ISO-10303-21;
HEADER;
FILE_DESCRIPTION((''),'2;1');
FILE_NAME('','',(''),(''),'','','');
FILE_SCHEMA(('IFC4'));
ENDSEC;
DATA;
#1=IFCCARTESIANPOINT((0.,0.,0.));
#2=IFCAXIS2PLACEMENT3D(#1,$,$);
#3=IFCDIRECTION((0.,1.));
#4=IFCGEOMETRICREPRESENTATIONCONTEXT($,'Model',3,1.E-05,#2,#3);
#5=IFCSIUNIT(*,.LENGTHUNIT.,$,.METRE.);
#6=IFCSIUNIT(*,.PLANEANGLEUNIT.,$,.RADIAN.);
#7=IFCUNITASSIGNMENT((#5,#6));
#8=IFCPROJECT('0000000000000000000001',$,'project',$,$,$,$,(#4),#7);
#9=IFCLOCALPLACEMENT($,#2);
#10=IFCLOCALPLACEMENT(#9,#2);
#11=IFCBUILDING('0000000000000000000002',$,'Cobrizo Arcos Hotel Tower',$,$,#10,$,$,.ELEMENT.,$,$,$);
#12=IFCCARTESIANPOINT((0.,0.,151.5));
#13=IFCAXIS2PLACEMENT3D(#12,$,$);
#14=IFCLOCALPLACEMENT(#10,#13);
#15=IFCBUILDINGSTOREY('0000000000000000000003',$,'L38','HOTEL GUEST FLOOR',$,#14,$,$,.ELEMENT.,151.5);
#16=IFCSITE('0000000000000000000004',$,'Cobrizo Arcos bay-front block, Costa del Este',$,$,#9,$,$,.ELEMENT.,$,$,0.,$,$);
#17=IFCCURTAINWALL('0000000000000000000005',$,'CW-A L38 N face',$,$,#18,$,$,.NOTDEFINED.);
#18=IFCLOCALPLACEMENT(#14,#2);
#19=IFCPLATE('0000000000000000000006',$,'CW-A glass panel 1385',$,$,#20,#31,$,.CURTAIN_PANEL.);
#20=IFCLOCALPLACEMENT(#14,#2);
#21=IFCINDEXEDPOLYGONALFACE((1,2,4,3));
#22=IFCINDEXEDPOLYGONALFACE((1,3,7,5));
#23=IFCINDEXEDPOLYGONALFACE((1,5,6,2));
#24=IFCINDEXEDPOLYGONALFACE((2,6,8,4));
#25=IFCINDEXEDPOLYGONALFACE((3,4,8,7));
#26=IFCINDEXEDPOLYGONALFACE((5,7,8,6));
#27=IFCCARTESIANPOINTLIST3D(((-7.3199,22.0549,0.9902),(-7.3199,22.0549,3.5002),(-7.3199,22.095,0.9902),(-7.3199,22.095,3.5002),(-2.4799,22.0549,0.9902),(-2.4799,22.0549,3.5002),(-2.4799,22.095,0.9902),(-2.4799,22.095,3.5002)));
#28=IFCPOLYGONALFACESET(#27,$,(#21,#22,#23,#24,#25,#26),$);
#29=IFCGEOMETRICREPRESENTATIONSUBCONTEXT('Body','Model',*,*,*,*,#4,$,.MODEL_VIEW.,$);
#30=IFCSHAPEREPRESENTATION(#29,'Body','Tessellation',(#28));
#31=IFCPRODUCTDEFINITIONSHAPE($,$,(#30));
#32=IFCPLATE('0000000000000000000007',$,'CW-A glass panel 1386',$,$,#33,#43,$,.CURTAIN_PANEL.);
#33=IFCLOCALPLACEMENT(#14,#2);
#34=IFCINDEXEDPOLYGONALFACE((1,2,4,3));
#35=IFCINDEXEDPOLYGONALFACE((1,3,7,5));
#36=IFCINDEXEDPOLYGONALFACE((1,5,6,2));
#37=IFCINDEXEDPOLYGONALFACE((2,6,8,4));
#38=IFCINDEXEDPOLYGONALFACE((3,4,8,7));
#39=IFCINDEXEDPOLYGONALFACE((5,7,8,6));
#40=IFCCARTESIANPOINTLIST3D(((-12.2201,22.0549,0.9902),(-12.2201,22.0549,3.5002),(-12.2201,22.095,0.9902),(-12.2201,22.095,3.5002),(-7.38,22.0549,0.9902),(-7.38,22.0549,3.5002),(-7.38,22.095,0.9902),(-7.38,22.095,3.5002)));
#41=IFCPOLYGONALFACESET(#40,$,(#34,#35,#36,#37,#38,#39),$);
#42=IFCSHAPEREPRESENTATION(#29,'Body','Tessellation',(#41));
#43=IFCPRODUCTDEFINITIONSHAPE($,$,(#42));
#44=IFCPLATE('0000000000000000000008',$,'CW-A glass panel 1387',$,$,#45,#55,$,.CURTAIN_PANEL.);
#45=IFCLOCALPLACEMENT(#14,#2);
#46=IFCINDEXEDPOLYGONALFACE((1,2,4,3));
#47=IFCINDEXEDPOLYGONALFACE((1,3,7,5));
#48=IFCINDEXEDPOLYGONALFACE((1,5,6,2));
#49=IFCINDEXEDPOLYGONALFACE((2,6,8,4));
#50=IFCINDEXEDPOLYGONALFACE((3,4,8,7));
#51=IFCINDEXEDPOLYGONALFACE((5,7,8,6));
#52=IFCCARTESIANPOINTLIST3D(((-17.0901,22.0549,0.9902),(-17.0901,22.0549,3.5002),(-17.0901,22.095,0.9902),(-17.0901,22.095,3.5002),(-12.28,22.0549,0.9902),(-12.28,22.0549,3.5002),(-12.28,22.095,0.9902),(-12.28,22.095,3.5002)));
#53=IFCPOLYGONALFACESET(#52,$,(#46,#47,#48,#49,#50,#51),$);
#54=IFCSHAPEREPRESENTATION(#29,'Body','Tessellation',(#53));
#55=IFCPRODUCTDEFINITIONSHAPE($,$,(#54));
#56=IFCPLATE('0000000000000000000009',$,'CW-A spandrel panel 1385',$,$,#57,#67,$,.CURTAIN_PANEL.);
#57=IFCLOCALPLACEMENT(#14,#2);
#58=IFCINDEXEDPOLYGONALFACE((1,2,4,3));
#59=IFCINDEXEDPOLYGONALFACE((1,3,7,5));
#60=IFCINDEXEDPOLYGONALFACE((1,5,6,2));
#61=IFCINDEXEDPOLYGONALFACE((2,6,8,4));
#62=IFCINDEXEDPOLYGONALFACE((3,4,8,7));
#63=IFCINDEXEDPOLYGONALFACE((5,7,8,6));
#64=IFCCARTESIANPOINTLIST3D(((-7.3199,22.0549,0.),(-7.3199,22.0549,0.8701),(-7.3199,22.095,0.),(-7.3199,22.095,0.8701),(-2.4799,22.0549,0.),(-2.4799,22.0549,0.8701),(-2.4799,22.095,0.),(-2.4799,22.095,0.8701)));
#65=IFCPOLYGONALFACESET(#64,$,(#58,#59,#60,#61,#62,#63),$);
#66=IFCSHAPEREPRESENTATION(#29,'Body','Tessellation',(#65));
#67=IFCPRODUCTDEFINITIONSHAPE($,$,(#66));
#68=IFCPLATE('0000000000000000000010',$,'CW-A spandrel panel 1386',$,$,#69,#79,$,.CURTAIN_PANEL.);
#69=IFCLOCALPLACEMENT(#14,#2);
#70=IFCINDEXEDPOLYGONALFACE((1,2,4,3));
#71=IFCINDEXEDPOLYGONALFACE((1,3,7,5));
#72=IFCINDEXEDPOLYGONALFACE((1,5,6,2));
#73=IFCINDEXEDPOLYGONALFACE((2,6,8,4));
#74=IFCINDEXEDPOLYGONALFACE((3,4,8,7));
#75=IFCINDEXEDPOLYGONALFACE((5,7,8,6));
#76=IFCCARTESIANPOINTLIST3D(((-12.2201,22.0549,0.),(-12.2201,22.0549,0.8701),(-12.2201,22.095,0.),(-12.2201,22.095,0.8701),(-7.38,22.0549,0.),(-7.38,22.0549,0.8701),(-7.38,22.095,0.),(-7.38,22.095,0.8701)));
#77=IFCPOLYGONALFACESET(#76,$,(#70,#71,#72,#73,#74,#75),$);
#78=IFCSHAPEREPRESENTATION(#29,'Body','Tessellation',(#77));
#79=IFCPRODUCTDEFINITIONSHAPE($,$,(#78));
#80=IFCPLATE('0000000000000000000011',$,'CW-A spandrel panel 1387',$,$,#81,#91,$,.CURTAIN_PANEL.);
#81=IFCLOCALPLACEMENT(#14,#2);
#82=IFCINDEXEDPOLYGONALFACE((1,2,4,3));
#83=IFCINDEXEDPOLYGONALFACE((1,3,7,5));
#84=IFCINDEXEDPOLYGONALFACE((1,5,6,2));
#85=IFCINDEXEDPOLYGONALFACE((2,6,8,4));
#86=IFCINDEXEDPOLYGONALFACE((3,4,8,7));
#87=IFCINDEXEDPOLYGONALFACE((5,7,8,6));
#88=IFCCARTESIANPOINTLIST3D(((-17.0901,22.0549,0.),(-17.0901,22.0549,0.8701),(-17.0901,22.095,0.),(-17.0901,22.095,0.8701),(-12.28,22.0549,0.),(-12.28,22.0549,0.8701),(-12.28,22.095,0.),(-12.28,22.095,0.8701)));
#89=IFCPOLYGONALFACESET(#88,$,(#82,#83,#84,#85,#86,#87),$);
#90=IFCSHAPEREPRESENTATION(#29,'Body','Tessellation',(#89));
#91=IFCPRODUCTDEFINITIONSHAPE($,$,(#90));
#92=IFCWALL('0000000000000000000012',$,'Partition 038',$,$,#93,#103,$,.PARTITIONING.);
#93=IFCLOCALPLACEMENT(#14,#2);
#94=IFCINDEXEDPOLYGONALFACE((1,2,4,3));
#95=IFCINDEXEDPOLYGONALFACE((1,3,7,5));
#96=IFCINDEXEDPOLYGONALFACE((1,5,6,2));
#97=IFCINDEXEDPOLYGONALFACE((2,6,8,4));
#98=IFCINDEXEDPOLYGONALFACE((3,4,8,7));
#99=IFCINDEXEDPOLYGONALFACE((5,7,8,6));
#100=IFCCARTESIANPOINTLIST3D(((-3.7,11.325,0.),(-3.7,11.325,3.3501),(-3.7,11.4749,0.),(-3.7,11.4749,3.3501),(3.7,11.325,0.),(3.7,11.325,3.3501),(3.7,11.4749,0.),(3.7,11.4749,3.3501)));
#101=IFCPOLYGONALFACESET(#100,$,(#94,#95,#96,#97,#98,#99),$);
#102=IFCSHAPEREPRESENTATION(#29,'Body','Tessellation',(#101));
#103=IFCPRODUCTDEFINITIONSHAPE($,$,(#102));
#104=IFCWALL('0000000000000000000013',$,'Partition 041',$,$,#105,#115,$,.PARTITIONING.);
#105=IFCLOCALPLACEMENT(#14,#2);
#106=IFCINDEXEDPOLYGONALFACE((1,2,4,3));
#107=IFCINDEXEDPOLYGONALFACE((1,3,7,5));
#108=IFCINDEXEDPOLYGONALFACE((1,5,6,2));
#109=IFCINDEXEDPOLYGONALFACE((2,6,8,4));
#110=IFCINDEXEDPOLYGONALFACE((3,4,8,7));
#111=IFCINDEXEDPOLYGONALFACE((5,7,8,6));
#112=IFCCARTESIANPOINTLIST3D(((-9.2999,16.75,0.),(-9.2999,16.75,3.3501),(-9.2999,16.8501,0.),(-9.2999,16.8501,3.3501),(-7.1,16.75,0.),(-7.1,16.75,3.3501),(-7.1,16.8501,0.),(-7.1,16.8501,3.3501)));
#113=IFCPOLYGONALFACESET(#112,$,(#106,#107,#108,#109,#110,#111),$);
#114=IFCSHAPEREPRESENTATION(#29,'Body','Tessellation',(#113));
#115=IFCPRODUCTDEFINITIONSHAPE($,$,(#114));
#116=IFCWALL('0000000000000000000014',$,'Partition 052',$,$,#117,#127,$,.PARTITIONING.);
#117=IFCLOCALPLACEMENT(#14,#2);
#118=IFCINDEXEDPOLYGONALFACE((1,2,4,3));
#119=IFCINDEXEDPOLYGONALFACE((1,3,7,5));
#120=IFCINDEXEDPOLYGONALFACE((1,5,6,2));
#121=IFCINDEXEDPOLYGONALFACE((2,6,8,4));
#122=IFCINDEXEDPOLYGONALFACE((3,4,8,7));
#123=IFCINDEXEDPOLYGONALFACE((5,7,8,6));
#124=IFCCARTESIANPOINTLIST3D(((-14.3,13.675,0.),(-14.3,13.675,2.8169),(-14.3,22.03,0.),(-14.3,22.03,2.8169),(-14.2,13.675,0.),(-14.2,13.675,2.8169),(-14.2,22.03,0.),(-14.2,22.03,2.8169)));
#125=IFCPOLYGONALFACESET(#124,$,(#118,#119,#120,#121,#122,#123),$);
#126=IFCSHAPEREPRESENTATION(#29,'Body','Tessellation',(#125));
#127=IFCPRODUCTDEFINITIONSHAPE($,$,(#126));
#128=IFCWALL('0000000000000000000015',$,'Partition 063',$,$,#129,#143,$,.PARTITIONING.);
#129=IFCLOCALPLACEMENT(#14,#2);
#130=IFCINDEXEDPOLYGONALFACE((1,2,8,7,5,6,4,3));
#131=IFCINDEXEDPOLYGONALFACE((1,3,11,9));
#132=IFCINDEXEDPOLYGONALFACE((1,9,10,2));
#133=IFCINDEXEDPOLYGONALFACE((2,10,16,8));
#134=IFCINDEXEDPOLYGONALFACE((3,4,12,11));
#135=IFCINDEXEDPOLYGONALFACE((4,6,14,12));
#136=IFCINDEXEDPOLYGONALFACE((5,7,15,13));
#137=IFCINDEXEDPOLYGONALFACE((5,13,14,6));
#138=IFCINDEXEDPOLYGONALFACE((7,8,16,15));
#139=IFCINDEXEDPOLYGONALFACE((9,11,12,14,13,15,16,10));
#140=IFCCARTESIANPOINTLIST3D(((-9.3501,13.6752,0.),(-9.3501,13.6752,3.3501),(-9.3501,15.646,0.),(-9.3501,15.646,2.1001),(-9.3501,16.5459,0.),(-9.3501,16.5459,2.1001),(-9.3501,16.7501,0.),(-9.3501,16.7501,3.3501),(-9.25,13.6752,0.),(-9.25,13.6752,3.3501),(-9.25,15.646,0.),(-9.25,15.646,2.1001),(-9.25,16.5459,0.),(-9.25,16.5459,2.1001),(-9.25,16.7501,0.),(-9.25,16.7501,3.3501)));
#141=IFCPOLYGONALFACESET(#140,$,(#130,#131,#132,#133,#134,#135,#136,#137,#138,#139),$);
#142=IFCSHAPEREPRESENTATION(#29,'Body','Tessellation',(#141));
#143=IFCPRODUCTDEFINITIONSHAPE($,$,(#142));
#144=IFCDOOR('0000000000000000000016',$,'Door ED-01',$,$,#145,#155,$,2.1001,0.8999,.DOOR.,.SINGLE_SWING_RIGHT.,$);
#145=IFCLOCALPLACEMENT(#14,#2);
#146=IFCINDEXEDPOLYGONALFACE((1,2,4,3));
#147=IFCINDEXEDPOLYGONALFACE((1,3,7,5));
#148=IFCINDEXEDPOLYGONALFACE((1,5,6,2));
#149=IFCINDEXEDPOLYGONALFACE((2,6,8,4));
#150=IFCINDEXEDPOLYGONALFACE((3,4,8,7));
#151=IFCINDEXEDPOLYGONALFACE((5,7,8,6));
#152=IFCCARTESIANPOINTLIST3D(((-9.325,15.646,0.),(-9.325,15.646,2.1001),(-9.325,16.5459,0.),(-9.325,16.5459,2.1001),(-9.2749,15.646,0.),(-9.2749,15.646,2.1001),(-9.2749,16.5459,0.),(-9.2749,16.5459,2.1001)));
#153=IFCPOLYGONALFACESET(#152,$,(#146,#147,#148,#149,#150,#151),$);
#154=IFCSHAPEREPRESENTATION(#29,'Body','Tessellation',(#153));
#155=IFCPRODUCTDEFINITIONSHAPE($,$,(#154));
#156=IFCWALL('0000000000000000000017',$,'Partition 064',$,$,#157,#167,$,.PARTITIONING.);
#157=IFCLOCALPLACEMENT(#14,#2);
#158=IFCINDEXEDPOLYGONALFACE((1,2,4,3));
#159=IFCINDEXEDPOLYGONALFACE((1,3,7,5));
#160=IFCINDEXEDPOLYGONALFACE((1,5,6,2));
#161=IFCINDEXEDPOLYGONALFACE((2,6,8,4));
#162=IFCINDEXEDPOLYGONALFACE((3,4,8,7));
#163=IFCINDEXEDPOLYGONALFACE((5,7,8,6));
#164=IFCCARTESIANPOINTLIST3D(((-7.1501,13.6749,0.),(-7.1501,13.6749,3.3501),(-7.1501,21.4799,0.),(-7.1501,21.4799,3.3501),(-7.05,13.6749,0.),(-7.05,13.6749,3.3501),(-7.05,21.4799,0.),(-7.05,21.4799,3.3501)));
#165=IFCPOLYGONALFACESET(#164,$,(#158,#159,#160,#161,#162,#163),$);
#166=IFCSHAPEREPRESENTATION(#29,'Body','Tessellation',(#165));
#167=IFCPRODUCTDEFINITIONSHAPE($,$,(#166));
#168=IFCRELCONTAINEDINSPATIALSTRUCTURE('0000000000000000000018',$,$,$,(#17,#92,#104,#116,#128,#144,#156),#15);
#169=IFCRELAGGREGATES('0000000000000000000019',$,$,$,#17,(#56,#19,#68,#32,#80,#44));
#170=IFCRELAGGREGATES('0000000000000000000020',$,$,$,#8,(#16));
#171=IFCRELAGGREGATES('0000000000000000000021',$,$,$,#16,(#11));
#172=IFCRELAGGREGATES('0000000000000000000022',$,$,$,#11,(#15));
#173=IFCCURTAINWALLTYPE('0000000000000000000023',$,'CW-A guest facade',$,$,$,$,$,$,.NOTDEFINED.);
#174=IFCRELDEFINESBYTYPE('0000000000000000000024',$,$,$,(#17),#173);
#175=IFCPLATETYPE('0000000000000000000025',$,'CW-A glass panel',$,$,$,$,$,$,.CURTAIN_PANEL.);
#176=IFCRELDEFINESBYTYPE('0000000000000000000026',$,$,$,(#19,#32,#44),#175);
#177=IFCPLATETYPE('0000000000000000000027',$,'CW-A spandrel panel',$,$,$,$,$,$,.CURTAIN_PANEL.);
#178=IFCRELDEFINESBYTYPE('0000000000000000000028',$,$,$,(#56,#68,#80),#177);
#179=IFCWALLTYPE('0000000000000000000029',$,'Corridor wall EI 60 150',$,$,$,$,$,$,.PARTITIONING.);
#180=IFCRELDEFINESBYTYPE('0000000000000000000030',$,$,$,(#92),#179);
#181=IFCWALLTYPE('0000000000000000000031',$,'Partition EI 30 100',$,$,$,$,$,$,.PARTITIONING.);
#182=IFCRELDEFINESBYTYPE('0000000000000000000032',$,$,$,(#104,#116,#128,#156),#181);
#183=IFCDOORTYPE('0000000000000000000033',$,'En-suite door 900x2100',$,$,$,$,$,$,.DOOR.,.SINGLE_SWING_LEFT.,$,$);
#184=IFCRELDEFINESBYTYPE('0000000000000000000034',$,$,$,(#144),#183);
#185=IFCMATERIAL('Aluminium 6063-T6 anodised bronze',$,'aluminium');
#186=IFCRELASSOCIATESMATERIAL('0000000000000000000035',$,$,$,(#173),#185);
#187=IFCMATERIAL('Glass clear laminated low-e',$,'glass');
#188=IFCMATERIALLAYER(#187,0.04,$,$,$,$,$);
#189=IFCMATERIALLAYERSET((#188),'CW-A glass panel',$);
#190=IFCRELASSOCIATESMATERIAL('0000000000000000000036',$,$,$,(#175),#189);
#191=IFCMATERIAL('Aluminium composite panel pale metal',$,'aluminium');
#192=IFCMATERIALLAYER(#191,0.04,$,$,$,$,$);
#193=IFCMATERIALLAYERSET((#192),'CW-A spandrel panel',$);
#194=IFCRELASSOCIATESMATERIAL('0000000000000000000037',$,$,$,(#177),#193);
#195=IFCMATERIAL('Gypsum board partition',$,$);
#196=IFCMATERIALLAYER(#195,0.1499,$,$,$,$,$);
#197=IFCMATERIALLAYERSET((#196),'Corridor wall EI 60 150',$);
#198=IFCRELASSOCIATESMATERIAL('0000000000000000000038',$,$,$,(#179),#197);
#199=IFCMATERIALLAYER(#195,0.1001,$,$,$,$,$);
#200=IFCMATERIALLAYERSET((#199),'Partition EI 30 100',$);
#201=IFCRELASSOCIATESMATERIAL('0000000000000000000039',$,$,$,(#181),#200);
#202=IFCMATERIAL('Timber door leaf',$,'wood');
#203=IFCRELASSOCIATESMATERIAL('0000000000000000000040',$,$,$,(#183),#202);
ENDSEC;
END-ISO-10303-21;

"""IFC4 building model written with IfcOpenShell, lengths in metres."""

from ifc_helpers import new_model, si_unit, direction, frame, frame_2d, origin, origin_2d, place, context, subcontext, project, spatial, rectangle, extrude, material, layer, layer_set, type_object, element, fill, aggregate, save


model = new_model("IFC4")

# Units and contexts
model_context = context("Model", 3, precision=1e-05, world=origin(), true_north=direction((0.0, 1.0)))
body_context = subcontext(model_context, "Body", "Model", "MODEL_VIEW")
ifc_project = project(units=[si_unit("LENGTHUNIT", "METRE"), si_unit("PLANEANGLEUNIT", "RADIAN")], contexts=[model_context])

# Site, building, storey
site_placement = place(None, origin())
site = spatial("IfcSite", under=ifc_project, at=site_placement, Name="Cobrizo Arcos bay-front block, Costa del Este", CompositionType="ELEMENT", RefElevation=0.0)
building_placement = place(site_placement, origin())
building = spatial("IfcBuilding", under=site, at=building_placement, Name="Cobrizo Arcos Hotel Tower", CompositionType="ELEMENT")
storey_placement = place(building_placement, frame((0.0, 0.0, 151.5)))
storey = spatial("IfcBuildingStorey", under=building, at=storey_placement, Name="L38", Description="HOTEL GUEST FLOOR", CompositionType="ELEMENT", Elevation=151.5)

# Curtain wall
ifc_material_1 = material(Name="Aluminium 6063-T6 anodised bronze", Category="aluminium")
curtain_wall_type = type_object("IfcCurtainWallType", Name="CW-A guest facade", PredefinedType="NOTDEFINED", material=ifc_material_1)
curtain_wall_placement = place(storey_placement, origin())
curtain_wall = element("IfcCurtainWall", 1, at=curtain_wall_placement, inside=storey, type_object=curtain_wall_type, Name="CW-A L38 N face", PredefinedType="NOTDEFINED")

# Plates
ifc_material_2 = material(Name="Glass clear laminated low-e", Category="glass")
ifc_layer_1 = layer(ifc_material_2, 0.04)
ifc_layer_set_1 = layer_set([ifc_layer_1], Name="CW-A glass panel")
plate_type_1 = type_object("IfcPlateType", Name="CW-A glass panel", PredefinedType="CURTAIN_PANEL", material=ifc_layer_set_1)
plate_1_placement = place(storey_placement, frame((-4.8999, 22.075, 0.9902), z_axis=(0.0, 0.0, 1.0), x_axis=(-1.0, 0.0, 0.0)))
plate_1 = element("IfcPlate", 2, at=plate_1_placement, type_object=plate_type_1, Name="CW-A glass panel 1385", PredefinedType="CURTAIN_PANEL", context=body_context, shape_type="SweptSolid", body=[
    extrude(rectangle(XDim=4.8401, YDim=0.04, at=origin_2d()), origin(), (0.0, 0.0, 1.0), 2.51),
])
plate_2_placement = place(storey_placement, frame((-9.8, 22.075, 0.9902), z_axis=(0.0, 0.0, 1.0), x_axis=(-1.0, 0.0, 0.0)))
plate_2 = element("IfcPlate", 3, at=plate_2_placement, type_object=plate_type_1, Name="CW-A glass panel 1386", PredefinedType="CURTAIN_PANEL", context=body_context, shape_type="SweptSolid", body=[
    extrude(rectangle(XDim=4.8401, YDim=0.04, at=origin_2d()), origin(), (0.0, 0.0, 1.0), 2.51),
])
plate_3_placement = place(storey_placement, frame((-14.6851, 22.075, 0.9902), z_axis=(0.0, 0.0, 1.0), x_axis=(-1.0, 0.0, 0.0)))
plate_3 = element("IfcPlate", 4, at=plate_3_placement, type_object=plate_type_1, Name="CW-A glass panel 1387", PredefinedType="CURTAIN_PANEL", context=body_context, shape_type="SweptSolid", body=[
    extrude(rectangle(XDim=4.8101, YDim=0.04, at=origin_2d()), origin(), (0.0, 0.0, 1.0), 2.51),
])
ifc_material_3 = material(Name="Aluminium composite panel pale metal", Category="aluminium")
ifc_layer_2 = layer(ifc_material_3, 0.04)
ifc_layer_set_2 = layer_set([ifc_layer_2], Name="CW-A spandrel panel")
plate_type_2 = type_object("IfcPlateType", Name="CW-A spandrel panel", PredefinedType="CURTAIN_PANEL", material=ifc_layer_set_2)
plate_4_placement = place(storey_placement, frame((-4.8999, 22.075, 0.0), z_axis=(0.0, 0.0, 1.0), x_axis=(-1.0, 0.0, 0.0)))
plate_4 = element("IfcPlate", 5, at=plate_4_placement, type_object=plate_type_2, Name="CW-A spandrel panel 1385", PredefinedType="CURTAIN_PANEL", context=body_context, shape_type="SweptSolid", body=[
    extrude(rectangle(XDim=4.8401, YDim=0.04, at=origin_2d()), origin(), (0.0, 0.0, 1.0), 0.8701),
])
plate_5_placement = place(storey_placement, frame((-9.8, 22.075, 0.0), z_axis=(0.0, 0.0, 1.0), x_axis=(-1.0, 0.0, 0.0)))
plate_5 = element("IfcPlate", 6, at=plate_5_placement, type_object=plate_type_2, Name="CW-A spandrel panel 1386", PredefinedType="CURTAIN_PANEL", context=body_context, shape_type="SweptSolid", body=[
    extrude(rectangle(XDim=4.8401, YDim=0.04, at=origin_2d()), origin(), (0.0, 0.0, 1.0), 0.8701),
])
plate_6_placement = place(storey_placement, frame((-14.6851, 22.075, 0.0), z_axis=(0.0, 0.0, 1.0), x_axis=(-1.0, 0.0, 0.0)))
plate_6 = element("IfcPlate", 7, at=plate_6_placement, type_object=plate_type_2, Name="CW-A spandrel panel 1387", PredefinedType="CURTAIN_PANEL", context=body_context, shape_type="SweptSolid", body=[
    extrude(rectangle(XDim=4.8101, YDim=0.04, at=origin_2d()), origin(), (0.0, 0.0, 1.0), 0.8701),
])
aggregate(curtain_wall, [plate_4, plate_1, plate_5, plate_2, plate_6, plate_3])

# Walls
ifc_material_4 = material(Name="Gypsum board partition")
ifc_layer_3 = layer(ifc_material_4, 0.1499)
ifc_layer_set_3 = layer_set([ifc_layer_3], Name="Corridor wall EI 60 150")
wall_type_1 = type_object("IfcWallType", Name="Corridor wall EI 60 150", PredefinedType="PARTITIONING", material=ifc_layer_set_3)
wall_1_placement = place(storey_placement, frame((-3.7, 11.3999, 0.0), z_axis=(0.0, 0.0, 1.0), x_axis=(1.0, 0.0, 0.0)))
element("IfcWall", 8, at=wall_1_placement, inside=storey, type_object=wall_type_1, Name="Partition 038", PredefinedType="PARTITIONING", context=body_context, shape_type="SweptSolid", body=[
    extrude(rectangle(XDim=7.3999, YDim=0.1499, at=frame_2d((3.7, 0.0))), origin(), (0.0, 0.0, 1.0), 3.3501),
])
ifc_layer_4 = layer(ifc_material_4, 0.1001)
ifc_layer_set_4 = layer_set([ifc_layer_4], Name="Partition EI 30 100")
wall_type_2 = type_object("IfcWallType", Name="Partition EI 30 100", PredefinedType="PARTITIONING", material=ifc_layer_set_4)
wall_2_placement = place(storey_placement, frame((-9.3, 16.8, 0.0), z_axis=(0.0, 0.0, 1.0), x_axis=(1.0, 0.0, 0.0)))
element("IfcWall", 9, at=wall_2_placement, inside=storey, type_object=wall_type_2, Name="Partition 041", PredefinedType="PARTITIONING", context=body_context, shape_type="SweptSolid", body=[
    extrude(rectangle(XDim=2.2, YDim=0.1001, at=frame_2d((1.1001, 0.0))), origin(), (0.0, 0.0, 1.0), 3.3501),
])
wall_3_placement = place(storey_placement, frame((-14.25, 13.675, 0.0), z_axis=(0.0, 0.0, 1.0), x_axis=(0.0, 1.0, 0.0)))
element("IfcWall", 10, at=wall_3_placement, inside=storey, type_object=wall_type_2, Name="Partition 052", PredefinedType="PARTITIONING", context=body_context, shape_type="SweptSolid", body=[
    extrude(rectangle(XDim=8.355, YDim=0.1001, at=frame_2d((4.1775, 0.0))), origin(), (0.0, 0.0, 1.0), 2.8169),
])

# Wall, opening, door
wall_4_placement = place(storey_placement, frame((-9.3, 13.675, 0.0), z_axis=(0.0, 0.0, 1.0), x_axis=(0.0, 1.0, 0.0)))
wall_4 = element("IfcWall", 11, at=wall_4_placement, inside=storey, type_object=wall_type_2, Name="Partition 063", PredefinedType="PARTITIONING", context=body_context, shape_type="SweptSolid", body=[
    extrude(rectangle(XDim=3.075, YDim=0.1001, at=frame_2d((1.5376, 0.0))), origin(), (0.0, 0.0, 1.0), 3.3501),
])
opening_1_placement = place(wall_4_placement, frame((1.9709, 0.0, 0.0)))
opening_1 = element("IfcOpeningElement", 12, at=opening_1_placement, cuts=wall_4, PredefinedType="OPENING", context=body_context, shape_type="SweptSolid", body=[
    extrude(rectangle(XDim=0.8999, YDim=2.1001, at=frame_2d((0.45, 1.05))), frame((0.0, 0.062, 0.0), z_axis=(0.0, -1.0, 0.0), x_axis=(1.0, 0.0, 0.0)), (0.0, 0.0, 1.0), 0.124),
])
ifc_material_5 = material(Name="Timber door leaf", Category="wood")
door_type_1 = type_object("IfcDoorType", Name="En-suite door 900x2100", OperationType="SINGLE_SWING_LEFT", PredefinedType="DOOR", material=ifc_material_5)
door_1_placement = place(opening_1_placement, origin())
door_1 = element("IfcDoor", 13, at=door_1_placement, inside=storey, type_object=door_type_1, Name="Door ED-01", OperationType="SINGLE_SWING_RIGHT", OverallHeight=2.1001, OverallWidth=0.8999, PredefinedType="DOOR", context=body_context, shape_type="SweptSolid", body=[
    extrude(rectangle(XDim=0.8999, YDim=2.1001, at=frame_2d((0.45, 1.05))), frame((0.0, 0.0249, 0.0), z_axis=(0.0, -1.0, 0.0), x_axis=(1.0, 0.0, 0.0)), (0.0, 0.0, 1.0), 0.05),
])
fill(opening_1, door_1)

# Wall
wall_5_placement = place(storey_placement, frame((-7.1001, 13.675, 0.0), z_axis=(0.0, 0.0, 1.0), x_axis=(0.0, 1.0, 0.0)))
element("IfcWall", 14, at=wall_5_placement, inside=storey, type_object=wall_type_2, Name="Partition 064", PredefinedType="PARTITIONING", context=body_context, shape_type="SweptSolid", body=[
    extrude(rectangle(XDim=7.8049, YDim=0.1001, at=frame_2d((3.9023, 0.0))), origin(), (0.0, 0.0, 1.0), 3.3501),
])

save(model, "model.ifc")
